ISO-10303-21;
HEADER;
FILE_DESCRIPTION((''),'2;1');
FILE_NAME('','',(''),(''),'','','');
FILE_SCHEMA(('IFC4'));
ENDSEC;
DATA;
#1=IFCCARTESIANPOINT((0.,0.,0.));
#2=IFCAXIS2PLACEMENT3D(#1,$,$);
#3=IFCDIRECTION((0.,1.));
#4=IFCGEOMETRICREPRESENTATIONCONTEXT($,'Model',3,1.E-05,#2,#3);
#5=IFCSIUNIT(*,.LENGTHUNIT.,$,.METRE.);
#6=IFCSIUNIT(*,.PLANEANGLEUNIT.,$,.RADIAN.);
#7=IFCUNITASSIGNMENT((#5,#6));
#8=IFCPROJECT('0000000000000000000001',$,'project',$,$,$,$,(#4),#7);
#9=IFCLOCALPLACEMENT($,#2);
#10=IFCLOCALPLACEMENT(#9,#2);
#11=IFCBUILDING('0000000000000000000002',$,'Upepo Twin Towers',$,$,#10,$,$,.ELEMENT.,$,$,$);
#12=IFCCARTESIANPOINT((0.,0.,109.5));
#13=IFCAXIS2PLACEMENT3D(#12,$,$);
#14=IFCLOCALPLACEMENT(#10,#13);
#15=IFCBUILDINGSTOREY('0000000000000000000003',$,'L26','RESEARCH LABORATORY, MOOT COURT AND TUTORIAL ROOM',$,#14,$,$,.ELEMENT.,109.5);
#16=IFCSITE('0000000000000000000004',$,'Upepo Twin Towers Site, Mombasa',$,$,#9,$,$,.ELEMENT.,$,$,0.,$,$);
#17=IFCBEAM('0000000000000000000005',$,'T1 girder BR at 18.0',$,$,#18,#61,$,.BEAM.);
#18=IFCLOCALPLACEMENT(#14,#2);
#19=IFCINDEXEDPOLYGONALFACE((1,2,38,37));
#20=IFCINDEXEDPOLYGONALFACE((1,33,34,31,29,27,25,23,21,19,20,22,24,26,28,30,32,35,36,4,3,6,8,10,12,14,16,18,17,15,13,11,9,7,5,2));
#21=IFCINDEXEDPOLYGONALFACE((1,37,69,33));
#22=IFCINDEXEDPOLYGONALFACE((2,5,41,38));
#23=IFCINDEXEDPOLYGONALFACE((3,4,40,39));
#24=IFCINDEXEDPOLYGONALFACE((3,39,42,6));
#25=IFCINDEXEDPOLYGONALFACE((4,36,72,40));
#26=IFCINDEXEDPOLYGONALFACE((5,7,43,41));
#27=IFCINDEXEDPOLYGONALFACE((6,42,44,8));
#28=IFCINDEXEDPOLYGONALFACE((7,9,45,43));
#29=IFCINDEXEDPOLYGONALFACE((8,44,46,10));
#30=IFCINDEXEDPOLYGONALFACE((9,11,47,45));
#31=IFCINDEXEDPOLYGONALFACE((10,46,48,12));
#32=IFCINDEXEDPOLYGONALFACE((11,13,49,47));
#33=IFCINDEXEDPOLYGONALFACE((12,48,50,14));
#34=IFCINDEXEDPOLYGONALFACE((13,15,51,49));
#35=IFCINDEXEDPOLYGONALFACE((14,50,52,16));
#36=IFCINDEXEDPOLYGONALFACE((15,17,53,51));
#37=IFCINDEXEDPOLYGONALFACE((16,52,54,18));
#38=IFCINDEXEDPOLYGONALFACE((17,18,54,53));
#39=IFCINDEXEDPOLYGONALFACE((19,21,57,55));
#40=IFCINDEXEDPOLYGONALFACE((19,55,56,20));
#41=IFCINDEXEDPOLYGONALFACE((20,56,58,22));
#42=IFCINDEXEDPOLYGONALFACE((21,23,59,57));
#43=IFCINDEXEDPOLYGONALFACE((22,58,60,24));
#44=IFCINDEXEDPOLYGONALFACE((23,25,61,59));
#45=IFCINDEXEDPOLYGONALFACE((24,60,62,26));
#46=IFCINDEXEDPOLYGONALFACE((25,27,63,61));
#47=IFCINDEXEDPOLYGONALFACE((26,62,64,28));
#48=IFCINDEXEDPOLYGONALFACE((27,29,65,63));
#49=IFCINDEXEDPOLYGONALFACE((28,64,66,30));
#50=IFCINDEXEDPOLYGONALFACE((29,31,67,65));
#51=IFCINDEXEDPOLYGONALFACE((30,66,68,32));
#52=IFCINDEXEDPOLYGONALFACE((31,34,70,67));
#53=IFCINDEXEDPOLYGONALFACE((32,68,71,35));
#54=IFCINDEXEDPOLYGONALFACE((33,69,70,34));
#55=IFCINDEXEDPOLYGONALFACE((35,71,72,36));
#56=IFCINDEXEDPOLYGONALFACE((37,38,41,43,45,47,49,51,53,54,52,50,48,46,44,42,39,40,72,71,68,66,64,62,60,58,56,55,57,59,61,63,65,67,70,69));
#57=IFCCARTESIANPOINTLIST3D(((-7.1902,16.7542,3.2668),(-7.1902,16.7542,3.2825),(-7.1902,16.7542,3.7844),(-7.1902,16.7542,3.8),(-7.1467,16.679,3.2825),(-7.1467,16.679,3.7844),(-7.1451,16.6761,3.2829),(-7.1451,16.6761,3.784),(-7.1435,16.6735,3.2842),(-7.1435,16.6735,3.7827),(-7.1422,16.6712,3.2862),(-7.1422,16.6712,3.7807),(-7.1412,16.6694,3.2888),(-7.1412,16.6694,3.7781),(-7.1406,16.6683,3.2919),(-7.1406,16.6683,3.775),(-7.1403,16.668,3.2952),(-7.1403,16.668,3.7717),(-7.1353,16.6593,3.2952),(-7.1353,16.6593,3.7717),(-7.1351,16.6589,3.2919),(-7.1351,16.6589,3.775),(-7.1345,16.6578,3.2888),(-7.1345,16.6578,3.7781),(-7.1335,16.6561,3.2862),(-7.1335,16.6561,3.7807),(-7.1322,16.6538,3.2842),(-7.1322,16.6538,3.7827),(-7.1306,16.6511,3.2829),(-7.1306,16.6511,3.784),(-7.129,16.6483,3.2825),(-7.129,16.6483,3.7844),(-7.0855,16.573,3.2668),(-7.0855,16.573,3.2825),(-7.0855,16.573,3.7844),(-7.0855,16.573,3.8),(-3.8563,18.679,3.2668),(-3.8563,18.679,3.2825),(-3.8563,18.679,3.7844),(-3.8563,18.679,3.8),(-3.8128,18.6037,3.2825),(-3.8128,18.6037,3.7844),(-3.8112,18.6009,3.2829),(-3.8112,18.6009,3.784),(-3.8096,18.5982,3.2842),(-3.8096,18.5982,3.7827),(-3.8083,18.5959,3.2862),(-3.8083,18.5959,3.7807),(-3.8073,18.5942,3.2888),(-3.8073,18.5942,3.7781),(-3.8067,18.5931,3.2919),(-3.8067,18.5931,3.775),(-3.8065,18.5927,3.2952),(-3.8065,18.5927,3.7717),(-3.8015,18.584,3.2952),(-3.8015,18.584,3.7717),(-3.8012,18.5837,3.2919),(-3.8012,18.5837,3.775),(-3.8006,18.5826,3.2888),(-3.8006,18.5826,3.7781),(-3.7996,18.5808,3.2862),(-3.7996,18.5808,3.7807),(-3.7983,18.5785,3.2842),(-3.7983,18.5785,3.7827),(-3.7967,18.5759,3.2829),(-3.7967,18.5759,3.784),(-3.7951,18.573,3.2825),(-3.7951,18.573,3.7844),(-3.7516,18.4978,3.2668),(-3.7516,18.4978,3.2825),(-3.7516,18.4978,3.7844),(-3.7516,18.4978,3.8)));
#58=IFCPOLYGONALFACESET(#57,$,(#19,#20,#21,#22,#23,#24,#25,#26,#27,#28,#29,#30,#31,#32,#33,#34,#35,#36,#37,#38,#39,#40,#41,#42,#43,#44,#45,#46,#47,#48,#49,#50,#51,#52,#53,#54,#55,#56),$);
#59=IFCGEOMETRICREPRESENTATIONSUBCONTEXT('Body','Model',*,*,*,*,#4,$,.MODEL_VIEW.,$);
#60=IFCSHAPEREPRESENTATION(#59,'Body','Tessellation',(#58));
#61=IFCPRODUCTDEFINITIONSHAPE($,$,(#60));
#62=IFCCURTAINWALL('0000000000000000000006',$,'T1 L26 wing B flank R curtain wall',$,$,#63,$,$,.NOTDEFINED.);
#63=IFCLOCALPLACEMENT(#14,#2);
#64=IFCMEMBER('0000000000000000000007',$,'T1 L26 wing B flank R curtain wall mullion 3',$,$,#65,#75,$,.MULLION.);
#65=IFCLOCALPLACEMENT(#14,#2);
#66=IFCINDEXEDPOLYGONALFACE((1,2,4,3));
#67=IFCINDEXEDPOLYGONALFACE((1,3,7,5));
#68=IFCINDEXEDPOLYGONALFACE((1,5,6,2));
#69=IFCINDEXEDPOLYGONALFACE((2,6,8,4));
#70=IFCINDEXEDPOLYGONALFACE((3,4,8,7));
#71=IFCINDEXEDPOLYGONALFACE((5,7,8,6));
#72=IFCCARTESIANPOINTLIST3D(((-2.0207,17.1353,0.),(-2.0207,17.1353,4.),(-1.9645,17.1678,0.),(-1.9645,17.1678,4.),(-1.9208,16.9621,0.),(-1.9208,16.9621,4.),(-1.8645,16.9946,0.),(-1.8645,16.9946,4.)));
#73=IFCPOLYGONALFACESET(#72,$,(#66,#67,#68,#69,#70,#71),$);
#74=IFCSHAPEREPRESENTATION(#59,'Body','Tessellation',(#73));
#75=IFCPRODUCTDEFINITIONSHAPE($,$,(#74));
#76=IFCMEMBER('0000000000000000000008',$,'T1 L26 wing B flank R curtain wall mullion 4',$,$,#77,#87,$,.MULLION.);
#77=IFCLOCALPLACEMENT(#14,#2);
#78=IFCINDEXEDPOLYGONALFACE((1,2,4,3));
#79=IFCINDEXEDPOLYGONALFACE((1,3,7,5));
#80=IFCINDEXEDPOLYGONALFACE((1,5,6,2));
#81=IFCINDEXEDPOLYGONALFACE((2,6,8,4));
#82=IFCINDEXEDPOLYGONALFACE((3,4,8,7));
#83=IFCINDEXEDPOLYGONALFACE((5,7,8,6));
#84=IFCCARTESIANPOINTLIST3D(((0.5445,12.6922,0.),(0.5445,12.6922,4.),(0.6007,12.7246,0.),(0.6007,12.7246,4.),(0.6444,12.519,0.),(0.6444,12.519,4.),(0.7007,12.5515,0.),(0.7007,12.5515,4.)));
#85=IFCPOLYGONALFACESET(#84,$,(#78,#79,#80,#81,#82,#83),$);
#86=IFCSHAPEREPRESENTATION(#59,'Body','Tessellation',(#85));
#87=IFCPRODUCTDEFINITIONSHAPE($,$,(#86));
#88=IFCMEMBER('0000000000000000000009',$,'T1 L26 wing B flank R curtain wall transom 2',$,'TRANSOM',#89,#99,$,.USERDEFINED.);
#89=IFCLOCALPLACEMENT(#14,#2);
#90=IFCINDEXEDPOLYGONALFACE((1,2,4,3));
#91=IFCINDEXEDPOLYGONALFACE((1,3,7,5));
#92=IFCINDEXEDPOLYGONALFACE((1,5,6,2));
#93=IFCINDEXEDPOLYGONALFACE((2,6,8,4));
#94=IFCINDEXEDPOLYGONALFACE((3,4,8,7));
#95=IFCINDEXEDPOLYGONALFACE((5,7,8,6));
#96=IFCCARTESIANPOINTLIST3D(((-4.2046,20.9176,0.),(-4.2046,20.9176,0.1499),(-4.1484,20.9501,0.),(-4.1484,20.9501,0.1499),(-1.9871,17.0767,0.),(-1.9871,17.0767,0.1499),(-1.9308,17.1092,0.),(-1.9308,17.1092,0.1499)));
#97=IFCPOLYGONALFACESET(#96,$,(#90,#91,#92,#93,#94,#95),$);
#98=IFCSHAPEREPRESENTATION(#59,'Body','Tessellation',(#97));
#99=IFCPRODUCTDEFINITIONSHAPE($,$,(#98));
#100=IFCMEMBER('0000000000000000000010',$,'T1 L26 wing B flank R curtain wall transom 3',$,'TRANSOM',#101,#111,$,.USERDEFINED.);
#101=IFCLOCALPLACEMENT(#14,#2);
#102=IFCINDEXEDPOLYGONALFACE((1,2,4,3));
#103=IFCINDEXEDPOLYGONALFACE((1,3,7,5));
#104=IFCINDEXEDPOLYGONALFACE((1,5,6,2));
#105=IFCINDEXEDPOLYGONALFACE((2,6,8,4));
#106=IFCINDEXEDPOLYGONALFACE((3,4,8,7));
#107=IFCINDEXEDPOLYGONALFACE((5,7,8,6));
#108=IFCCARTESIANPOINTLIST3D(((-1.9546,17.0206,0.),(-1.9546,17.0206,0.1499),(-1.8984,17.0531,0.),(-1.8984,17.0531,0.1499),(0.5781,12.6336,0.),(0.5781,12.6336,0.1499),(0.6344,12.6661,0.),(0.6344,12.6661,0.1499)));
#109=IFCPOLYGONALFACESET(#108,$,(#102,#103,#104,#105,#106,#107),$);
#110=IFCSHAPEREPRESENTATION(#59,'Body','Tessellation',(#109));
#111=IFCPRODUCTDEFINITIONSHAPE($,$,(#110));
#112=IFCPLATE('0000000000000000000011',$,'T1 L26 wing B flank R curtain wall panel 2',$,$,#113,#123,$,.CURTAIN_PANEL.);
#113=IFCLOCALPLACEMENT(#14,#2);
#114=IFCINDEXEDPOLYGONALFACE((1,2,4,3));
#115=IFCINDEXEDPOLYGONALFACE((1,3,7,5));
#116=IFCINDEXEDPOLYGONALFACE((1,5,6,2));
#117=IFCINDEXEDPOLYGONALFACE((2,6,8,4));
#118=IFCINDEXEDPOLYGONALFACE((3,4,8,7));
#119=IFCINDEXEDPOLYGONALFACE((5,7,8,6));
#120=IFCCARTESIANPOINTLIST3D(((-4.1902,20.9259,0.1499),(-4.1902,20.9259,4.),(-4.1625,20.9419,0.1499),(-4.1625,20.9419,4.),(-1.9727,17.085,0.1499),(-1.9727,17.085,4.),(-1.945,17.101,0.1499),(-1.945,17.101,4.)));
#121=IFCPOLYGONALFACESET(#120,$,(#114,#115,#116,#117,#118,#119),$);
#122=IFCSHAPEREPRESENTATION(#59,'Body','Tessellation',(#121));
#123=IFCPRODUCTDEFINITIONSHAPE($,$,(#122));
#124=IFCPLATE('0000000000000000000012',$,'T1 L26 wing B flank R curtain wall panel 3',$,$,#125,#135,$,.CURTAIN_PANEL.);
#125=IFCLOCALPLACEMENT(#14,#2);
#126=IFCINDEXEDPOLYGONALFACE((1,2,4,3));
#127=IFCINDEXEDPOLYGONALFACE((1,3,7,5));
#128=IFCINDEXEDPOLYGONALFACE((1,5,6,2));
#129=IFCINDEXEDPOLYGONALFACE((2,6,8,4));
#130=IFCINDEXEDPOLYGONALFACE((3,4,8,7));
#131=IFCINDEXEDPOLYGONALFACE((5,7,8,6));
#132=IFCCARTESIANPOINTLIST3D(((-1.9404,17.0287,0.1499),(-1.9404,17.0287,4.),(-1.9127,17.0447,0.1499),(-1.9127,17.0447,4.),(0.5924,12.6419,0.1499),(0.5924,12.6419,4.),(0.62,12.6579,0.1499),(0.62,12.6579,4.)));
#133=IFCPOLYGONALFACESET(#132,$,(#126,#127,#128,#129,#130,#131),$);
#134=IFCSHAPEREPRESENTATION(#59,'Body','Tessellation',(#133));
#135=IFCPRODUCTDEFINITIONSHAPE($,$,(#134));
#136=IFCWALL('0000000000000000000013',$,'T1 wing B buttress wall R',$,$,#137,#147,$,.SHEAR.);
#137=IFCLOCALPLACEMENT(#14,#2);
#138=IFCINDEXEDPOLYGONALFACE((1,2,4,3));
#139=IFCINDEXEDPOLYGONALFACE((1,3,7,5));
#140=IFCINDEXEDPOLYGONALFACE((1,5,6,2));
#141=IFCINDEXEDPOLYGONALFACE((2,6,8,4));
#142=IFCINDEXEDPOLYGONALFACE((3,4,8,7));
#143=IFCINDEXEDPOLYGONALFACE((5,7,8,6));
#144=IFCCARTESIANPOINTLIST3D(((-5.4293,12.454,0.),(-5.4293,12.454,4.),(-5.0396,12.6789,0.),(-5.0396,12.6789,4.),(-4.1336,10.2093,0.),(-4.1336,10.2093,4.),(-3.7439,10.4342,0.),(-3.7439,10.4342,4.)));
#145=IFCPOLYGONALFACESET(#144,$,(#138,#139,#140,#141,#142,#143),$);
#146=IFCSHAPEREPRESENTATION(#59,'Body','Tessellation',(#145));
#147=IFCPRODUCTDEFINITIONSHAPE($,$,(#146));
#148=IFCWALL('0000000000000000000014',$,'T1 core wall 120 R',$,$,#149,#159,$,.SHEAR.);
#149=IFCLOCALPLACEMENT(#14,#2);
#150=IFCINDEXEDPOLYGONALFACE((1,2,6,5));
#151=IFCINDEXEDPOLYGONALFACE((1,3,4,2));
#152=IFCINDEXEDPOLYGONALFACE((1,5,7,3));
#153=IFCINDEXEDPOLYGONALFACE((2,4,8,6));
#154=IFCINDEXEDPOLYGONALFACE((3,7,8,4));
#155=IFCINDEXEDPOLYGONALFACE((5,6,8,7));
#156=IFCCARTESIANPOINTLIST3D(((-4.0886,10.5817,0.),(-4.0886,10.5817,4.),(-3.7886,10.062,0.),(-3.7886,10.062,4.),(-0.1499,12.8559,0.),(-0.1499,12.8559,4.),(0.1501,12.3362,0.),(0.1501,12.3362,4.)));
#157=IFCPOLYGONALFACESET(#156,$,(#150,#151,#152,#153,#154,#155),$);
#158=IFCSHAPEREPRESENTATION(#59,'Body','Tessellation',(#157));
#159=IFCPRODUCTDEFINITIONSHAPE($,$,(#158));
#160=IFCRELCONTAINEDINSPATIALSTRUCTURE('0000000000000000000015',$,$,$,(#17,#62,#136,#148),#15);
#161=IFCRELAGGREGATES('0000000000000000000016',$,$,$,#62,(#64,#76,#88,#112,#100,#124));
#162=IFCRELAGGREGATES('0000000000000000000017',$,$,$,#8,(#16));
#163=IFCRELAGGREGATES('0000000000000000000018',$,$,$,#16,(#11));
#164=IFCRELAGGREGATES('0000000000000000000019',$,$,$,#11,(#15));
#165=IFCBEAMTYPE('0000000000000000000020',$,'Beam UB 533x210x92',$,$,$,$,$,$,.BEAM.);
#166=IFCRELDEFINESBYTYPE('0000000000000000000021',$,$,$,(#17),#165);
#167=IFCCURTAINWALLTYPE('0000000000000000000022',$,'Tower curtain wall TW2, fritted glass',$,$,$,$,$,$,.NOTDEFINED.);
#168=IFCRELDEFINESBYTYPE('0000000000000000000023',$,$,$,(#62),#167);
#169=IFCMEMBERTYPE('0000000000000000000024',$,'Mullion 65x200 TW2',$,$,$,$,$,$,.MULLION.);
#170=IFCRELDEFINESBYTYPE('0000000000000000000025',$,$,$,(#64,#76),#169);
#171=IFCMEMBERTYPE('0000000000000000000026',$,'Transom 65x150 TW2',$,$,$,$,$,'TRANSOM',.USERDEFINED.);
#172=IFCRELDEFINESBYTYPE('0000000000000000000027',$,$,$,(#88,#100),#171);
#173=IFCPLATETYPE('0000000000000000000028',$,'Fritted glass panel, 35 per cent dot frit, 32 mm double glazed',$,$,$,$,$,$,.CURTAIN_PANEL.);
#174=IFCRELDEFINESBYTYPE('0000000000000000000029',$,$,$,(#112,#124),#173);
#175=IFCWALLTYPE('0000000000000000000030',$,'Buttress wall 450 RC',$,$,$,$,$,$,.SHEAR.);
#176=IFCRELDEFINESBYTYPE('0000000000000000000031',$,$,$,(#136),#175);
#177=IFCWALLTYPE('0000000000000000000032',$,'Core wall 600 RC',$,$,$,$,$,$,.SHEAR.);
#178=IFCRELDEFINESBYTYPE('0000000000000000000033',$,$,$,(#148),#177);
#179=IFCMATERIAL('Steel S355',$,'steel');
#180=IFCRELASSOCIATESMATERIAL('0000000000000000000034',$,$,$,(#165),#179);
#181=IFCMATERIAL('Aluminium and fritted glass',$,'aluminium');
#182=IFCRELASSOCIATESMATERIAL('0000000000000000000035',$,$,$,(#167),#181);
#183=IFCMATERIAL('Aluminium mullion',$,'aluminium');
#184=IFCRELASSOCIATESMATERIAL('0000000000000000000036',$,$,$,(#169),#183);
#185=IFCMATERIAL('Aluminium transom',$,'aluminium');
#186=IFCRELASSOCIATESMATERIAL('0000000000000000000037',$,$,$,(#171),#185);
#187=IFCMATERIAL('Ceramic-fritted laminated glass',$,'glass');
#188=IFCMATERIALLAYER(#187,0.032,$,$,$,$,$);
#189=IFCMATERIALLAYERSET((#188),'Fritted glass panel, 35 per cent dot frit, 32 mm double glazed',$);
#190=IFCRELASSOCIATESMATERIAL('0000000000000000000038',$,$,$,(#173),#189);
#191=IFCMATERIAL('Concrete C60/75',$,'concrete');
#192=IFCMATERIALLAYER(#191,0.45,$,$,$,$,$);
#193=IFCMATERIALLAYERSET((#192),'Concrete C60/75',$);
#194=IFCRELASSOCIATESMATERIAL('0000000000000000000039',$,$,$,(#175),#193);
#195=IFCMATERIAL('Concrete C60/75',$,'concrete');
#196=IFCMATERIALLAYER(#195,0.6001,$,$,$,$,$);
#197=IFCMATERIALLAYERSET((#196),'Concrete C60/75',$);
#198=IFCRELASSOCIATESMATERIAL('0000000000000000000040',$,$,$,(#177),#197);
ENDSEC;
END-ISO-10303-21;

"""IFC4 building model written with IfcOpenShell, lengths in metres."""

from ifc_helpers import new_model, si_unit, direction, frame, frame_2d, origin, origin_2d, place, context, subcontext, project, spatial, rectangle, i_section, extrude, material, layer, layer_set, material_profile, profile_set, type_object, element, aggregate, save


model = new_model("IFC4")

# Units and contexts
model_context = context("Model", 3, precision=1e-05, world=origin(), true_north=direction((0.0, 1.0)))
body_context = subcontext(model_context, "Body", "Model", "MODEL_VIEW")
ifc_project = project(units=[si_unit("LENGTHUNIT", "METRE"), si_unit("PLANEANGLEUNIT", "RADIAN")], contexts=[model_context])

# Site, building, storey
site_placement = place(None, origin())
site = spatial("IfcSite", under=ifc_project, at=site_placement, Name="Upepo Twin Towers Site, Mombasa", CompositionType="ELEMENT", RefElevation=0.0)
building_placement = place(site_placement, origin())
building = spatial("IfcBuilding", under=site, at=building_placement, Name="Upepo Twin Towers", CompositionType="ELEMENT")
storey_placement = place(building_placement, frame((0.0, 0.0, 109.5)))
storey = spatial("IfcBuildingStorey", under=building, at=storey_placement, Name="L26", Description="RESEARCH LABORATORY, MOOT COURT AND TUTORIAL ROOM", CompositionType="ELEMENT", Elevation=109.5)

# Beam
ifc_material_1 = material(Name="Steel S355", Category="steel")
ifc_material_profile_1 = material_profile(ifc_material_1, i_section(OverallWidth=0.2092, OverallDepth=0.5332, WebThickness=0.01, FlangeThickness=0.0156, FilletRadius=0.0127, at=origin_2d()), Name="UB 533x210x92")
ifc_profile_set_1 = profile_set([ifc_material_profile_1], Name="Steel S355")
beam_type_1 = type_object("IfcBeamType", Name="Beam UB 533x210x92", PredefinedType="BEAM", material=ifc_profile_set_1)
beam_1_placement = place(storey_placement, frame((-3.804, 18.5884, 3.5334), z_axis=(-0.866034, -0.499986, 0.0), x_axis=(0.499986, -0.866034, 0.0)))
element("IfcBeam", 1, at=beam_1_placement, inside=storey, type_object=beam_type_1, Name="T1 girder BR at 18.0", PredefinedType="BEAM", context=body_context, shape_type="SweptSolid", body=[
    extrude(i_section(OverallWidth=0.2092, OverallDepth=0.5332, WebThickness=0.01, FlangeThickness=0.0156, FilletRadius=0.0127, at=origin_2d()), origin(), (0.0, 0.0, 1.0), 3.8496),
])

# Curtain wall, members, plates
ifc_material_2 = material(Name="Aluminium and fritted glass", Category="aluminium")
curtain_wall_type = type_object("IfcCurtainWallType", Name="Tower curtain wall TW2, fritted glass", PredefinedType="NOTDEFINED", material=ifc_material_2)
curtain_wall_placement = place(storey_placement, origin())
curtain_wall = element("IfcCurtainWall", 2, at=curtain_wall_placement, inside=storey, type_object=curtain_wall_type, Name="T1 L26 wing B flank R curtain wall", PredefinedType="NOTDEFINED")
ifc_material_3 = material(Name="Aluminium mullion", Category="aluminium")
ifc_material_profile_2 = material_profile(ifc_material_3, rectangle(XDim=0.0649, YDim=0.2, at=origin_2d()), Name="MULLION 65x200")
ifc_profile_set_2 = profile_set([ifc_material_profile_2], Name="Aluminium mullion")
member_type_1 = type_object("IfcMemberType", Name="Mullion 65x200 TW2", PredefinedType="MULLION", material=ifc_profile_set_2)
member_1_placement = place(storey_placement, frame((-1.9426, 17.0649, 0.0), z_axis=(0.0, 0.0, 1.0), x_axis=(0.866025, 0.5, 0.0)))
member_1 = element("IfcMember", 3, at=member_1_placement, type_object=member_type_1, Name="T1 L26 wing B flank R curtain wall mullion 3", PredefinedType="MULLION", context=body_context, shape_type="SweptSolid", body=[
    extrude(rectangle(XDim=0.0649, YDim=0.2, at=origin_2d()), origin(), (0.0, 0.0, 1.0), 4.0),
])
member_2_placement = place(storey_placement, frame((0.6226, 12.6218, 0.0), z_axis=(0.0, 0.0, 1.0), x_axis=(0.866025, 0.5, 0.0)))
member_2 = element("IfcMember", 4, at=member_2_placement, type_object=member_type_1, Name="T1 L26 wing B flank R curtain wall mullion 4", PredefinedType="MULLION", context=body_context, shape_type="SweptSolid", body=[
    extrude(rectangle(XDim=0.0649, YDim=0.2, at=origin_2d()), origin(), (0.0, 0.0, 1.0), 4.0),
])
ifc_material_4 = material(Name="Aluminium transom", Category="aluminium")
ifc_material_profile_3 = material_profile(ifc_material_4, rectangle(XDim=0.0649, YDim=0.1499, at=origin_2d()), Name="TRANSOM 65x150")
ifc_profile_set_3 = profile_set([ifc_material_profile_3], Name="Aluminium transom")
member_type_2 = type_object("IfcMemberType", Name="Transom 65x150 TW2", ElementType="TRANSOM", PredefinedType="USERDEFINED", material=ifc_profile_set_3)
member_3_placement = place(storey_placement, frame((-4.1765, 20.9338, 0.075), z_axis=(0.500005, -0.866022, 0.0), x_axis=(0.866022, 0.500005, 0.0)))
member_3 = element("IfcMember", 5, at=member_3_placement, type_object=member_type_2, Name="T1 L26 wing B flank R curtain wall transom 2", ObjectType="TRANSOM", PredefinedType="USERDEFINED", context=body_context, shape_type="SweptSolid", body=[
    extrude(rectangle(XDim=0.0649, YDim=0.1499, at=origin_2d()), origin(), (0.0, 0.0, 1.0), 4.4351),
])
member_4_placement = place(storey_placement, frame((-1.9265, 17.0369, 0.075), z_axis=(0.499985, -0.866034, 0.0), x_axis=(0.866034, 0.499985, 0.0)))
member_4 = element("IfcMember", 6, at=member_4_placement, type_object=member_type_2, Name="T1 L26 wing B flank R curtain wall transom 3", ObjectType="TRANSOM", PredefinedType="USERDEFINED", context=body_context, shape_type="SweptSolid", body=[
    extrude(rectangle(XDim=0.0649, YDim=0.1499, at=origin_2d()), origin(), (0.0, 0.0, 1.0), 5.0657),
])
ifc_material_5 = material(Name="Ceramic-fritted laminated glass", Category="glass")
ifc_layer_1 = layer(ifc_material_5, 0.032)
ifc_layer_set_1 = layer_set([ifc_layer_1], Name="Fritted glass panel, 35 per cent dot frit, 32 mm double glazed")
plate_type = type_object("IfcPlateType", Name="Fritted glass panel, 35 per cent dot frit, 32 mm double glazed", PredefinedType="CURTAIN_PANEL", material=ifc_layer_set_1)
plate_1_placement = place(storey_placement, frame((-3.0676, 19.0134, 0.1499), z_axis=(0.0, 0.0, 1.0), x_axis=(0.5, -0.866025, 0.0)))
plate_1 = element("IfcPlate", 7, at=plate_1_placement, type_object=plate_type, Name="T1 L26 wing B flank R curtain wall panel 2", PredefinedType="CURTAIN_PANEL", context=body_context, shape_type="SweptSolid", body=[
    extrude(rectangle(XDim=4.4351, YDim=0.032, at=origin_2d()), origin(), (0.0, 0.0, 1.0), 3.8501),
])
plate_2_placement = place(storey_placement, frame((-0.6602, 14.8433, 0.1499), z_axis=(0.0, 0.0, 1.0), x_axis=(0.5, -0.866025, 0.0)))
plate_2 = element("IfcPlate", 8, at=plate_2_placement, type_object=plate_type, Name="T1 L26 wing B flank R curtain wall panel 3", PredefinedType="CURTAIN_PANEL", context=body_context, shape_type="SweptSolid", body=[
    extrude(rectangle(XDim=5.0654, YDim=0.032, at=origin_2d()), origin(), (0.0, 0.0, 1.0), 3.8501),
])
aggregate(curtain_wall, [member_1, member_2, member_3, plate_1, member_4, plate_2])

# Walls
ifc_material_6 = material(Name="Concrete C60/75", Category="concrete")
ifc_layer_2 = layer(ifc_material_6, 0.45)
ifc_layer_set_2 = layer_set([ifc_layer_2], Name="Concrete C60/75")
wall_type_1 = type_object("IfcWallType", Name="Buttress wall 450 RC", PredefinedType="SHEAR", material=ifc_layer_set_2)
wall_1_placement = place(storey_placement, frame((-3.9387, 10.3218, 0.0), z_axis=(0.0, 0.0, 1.0), x_axis=(-0.499918, 0.866073, 0.0)))
element("IfcWall", 9, at=wall_1_placement, inside=storey, type_object=wall_type_1, Name="T1 wing B buttress wall R", PredefinedType="SHEAR", context=body_context, shape_type="SweptSolid", body=[
    extrude(rectangle(XDim=2.5918, YDim=0.45, at=frame_2d((1.2959, 0.0))), origin(), (0.0, 0.0, 1.0), 4.0),
])
ifc_material_7 = material(Name="Concrete C60/75", Category="concrete")
ifc_layer_3 = layer(ifc_material_7, 0.6001)
ifc_layer_set_3 = layer_set([ifc_layer_3], Name="Concrete C60/75")
wall_type_2 = type_object("IfcWallType", Name="Core wall 600 RC", PredefinedType="SHEAR", material=ifc_layer_set_3)
wall_2_placement = place(storey_placement, frame((0.0, 12.5959, 0.0), z_axis=(0.0, 0.0, 1.0), x_axis=(-0.866011, -0.500024, 0.0)))
element("IfcWall", 10, at=wall_2_placement, inside=storey, type_object=wall_type_2, Name="T1 core wall 120 R", PredefinedType="SHEAR", context=body_context, shape_type="SweptSolid", body=[
    extrude(rectangle(XDim=4.5481, YDim=0.6001, at=frame_2d((2.2739, 0.0))), origin(), (0.0, 0.0, 1.0), 4.0),
])

save(model, "model.ifc")
